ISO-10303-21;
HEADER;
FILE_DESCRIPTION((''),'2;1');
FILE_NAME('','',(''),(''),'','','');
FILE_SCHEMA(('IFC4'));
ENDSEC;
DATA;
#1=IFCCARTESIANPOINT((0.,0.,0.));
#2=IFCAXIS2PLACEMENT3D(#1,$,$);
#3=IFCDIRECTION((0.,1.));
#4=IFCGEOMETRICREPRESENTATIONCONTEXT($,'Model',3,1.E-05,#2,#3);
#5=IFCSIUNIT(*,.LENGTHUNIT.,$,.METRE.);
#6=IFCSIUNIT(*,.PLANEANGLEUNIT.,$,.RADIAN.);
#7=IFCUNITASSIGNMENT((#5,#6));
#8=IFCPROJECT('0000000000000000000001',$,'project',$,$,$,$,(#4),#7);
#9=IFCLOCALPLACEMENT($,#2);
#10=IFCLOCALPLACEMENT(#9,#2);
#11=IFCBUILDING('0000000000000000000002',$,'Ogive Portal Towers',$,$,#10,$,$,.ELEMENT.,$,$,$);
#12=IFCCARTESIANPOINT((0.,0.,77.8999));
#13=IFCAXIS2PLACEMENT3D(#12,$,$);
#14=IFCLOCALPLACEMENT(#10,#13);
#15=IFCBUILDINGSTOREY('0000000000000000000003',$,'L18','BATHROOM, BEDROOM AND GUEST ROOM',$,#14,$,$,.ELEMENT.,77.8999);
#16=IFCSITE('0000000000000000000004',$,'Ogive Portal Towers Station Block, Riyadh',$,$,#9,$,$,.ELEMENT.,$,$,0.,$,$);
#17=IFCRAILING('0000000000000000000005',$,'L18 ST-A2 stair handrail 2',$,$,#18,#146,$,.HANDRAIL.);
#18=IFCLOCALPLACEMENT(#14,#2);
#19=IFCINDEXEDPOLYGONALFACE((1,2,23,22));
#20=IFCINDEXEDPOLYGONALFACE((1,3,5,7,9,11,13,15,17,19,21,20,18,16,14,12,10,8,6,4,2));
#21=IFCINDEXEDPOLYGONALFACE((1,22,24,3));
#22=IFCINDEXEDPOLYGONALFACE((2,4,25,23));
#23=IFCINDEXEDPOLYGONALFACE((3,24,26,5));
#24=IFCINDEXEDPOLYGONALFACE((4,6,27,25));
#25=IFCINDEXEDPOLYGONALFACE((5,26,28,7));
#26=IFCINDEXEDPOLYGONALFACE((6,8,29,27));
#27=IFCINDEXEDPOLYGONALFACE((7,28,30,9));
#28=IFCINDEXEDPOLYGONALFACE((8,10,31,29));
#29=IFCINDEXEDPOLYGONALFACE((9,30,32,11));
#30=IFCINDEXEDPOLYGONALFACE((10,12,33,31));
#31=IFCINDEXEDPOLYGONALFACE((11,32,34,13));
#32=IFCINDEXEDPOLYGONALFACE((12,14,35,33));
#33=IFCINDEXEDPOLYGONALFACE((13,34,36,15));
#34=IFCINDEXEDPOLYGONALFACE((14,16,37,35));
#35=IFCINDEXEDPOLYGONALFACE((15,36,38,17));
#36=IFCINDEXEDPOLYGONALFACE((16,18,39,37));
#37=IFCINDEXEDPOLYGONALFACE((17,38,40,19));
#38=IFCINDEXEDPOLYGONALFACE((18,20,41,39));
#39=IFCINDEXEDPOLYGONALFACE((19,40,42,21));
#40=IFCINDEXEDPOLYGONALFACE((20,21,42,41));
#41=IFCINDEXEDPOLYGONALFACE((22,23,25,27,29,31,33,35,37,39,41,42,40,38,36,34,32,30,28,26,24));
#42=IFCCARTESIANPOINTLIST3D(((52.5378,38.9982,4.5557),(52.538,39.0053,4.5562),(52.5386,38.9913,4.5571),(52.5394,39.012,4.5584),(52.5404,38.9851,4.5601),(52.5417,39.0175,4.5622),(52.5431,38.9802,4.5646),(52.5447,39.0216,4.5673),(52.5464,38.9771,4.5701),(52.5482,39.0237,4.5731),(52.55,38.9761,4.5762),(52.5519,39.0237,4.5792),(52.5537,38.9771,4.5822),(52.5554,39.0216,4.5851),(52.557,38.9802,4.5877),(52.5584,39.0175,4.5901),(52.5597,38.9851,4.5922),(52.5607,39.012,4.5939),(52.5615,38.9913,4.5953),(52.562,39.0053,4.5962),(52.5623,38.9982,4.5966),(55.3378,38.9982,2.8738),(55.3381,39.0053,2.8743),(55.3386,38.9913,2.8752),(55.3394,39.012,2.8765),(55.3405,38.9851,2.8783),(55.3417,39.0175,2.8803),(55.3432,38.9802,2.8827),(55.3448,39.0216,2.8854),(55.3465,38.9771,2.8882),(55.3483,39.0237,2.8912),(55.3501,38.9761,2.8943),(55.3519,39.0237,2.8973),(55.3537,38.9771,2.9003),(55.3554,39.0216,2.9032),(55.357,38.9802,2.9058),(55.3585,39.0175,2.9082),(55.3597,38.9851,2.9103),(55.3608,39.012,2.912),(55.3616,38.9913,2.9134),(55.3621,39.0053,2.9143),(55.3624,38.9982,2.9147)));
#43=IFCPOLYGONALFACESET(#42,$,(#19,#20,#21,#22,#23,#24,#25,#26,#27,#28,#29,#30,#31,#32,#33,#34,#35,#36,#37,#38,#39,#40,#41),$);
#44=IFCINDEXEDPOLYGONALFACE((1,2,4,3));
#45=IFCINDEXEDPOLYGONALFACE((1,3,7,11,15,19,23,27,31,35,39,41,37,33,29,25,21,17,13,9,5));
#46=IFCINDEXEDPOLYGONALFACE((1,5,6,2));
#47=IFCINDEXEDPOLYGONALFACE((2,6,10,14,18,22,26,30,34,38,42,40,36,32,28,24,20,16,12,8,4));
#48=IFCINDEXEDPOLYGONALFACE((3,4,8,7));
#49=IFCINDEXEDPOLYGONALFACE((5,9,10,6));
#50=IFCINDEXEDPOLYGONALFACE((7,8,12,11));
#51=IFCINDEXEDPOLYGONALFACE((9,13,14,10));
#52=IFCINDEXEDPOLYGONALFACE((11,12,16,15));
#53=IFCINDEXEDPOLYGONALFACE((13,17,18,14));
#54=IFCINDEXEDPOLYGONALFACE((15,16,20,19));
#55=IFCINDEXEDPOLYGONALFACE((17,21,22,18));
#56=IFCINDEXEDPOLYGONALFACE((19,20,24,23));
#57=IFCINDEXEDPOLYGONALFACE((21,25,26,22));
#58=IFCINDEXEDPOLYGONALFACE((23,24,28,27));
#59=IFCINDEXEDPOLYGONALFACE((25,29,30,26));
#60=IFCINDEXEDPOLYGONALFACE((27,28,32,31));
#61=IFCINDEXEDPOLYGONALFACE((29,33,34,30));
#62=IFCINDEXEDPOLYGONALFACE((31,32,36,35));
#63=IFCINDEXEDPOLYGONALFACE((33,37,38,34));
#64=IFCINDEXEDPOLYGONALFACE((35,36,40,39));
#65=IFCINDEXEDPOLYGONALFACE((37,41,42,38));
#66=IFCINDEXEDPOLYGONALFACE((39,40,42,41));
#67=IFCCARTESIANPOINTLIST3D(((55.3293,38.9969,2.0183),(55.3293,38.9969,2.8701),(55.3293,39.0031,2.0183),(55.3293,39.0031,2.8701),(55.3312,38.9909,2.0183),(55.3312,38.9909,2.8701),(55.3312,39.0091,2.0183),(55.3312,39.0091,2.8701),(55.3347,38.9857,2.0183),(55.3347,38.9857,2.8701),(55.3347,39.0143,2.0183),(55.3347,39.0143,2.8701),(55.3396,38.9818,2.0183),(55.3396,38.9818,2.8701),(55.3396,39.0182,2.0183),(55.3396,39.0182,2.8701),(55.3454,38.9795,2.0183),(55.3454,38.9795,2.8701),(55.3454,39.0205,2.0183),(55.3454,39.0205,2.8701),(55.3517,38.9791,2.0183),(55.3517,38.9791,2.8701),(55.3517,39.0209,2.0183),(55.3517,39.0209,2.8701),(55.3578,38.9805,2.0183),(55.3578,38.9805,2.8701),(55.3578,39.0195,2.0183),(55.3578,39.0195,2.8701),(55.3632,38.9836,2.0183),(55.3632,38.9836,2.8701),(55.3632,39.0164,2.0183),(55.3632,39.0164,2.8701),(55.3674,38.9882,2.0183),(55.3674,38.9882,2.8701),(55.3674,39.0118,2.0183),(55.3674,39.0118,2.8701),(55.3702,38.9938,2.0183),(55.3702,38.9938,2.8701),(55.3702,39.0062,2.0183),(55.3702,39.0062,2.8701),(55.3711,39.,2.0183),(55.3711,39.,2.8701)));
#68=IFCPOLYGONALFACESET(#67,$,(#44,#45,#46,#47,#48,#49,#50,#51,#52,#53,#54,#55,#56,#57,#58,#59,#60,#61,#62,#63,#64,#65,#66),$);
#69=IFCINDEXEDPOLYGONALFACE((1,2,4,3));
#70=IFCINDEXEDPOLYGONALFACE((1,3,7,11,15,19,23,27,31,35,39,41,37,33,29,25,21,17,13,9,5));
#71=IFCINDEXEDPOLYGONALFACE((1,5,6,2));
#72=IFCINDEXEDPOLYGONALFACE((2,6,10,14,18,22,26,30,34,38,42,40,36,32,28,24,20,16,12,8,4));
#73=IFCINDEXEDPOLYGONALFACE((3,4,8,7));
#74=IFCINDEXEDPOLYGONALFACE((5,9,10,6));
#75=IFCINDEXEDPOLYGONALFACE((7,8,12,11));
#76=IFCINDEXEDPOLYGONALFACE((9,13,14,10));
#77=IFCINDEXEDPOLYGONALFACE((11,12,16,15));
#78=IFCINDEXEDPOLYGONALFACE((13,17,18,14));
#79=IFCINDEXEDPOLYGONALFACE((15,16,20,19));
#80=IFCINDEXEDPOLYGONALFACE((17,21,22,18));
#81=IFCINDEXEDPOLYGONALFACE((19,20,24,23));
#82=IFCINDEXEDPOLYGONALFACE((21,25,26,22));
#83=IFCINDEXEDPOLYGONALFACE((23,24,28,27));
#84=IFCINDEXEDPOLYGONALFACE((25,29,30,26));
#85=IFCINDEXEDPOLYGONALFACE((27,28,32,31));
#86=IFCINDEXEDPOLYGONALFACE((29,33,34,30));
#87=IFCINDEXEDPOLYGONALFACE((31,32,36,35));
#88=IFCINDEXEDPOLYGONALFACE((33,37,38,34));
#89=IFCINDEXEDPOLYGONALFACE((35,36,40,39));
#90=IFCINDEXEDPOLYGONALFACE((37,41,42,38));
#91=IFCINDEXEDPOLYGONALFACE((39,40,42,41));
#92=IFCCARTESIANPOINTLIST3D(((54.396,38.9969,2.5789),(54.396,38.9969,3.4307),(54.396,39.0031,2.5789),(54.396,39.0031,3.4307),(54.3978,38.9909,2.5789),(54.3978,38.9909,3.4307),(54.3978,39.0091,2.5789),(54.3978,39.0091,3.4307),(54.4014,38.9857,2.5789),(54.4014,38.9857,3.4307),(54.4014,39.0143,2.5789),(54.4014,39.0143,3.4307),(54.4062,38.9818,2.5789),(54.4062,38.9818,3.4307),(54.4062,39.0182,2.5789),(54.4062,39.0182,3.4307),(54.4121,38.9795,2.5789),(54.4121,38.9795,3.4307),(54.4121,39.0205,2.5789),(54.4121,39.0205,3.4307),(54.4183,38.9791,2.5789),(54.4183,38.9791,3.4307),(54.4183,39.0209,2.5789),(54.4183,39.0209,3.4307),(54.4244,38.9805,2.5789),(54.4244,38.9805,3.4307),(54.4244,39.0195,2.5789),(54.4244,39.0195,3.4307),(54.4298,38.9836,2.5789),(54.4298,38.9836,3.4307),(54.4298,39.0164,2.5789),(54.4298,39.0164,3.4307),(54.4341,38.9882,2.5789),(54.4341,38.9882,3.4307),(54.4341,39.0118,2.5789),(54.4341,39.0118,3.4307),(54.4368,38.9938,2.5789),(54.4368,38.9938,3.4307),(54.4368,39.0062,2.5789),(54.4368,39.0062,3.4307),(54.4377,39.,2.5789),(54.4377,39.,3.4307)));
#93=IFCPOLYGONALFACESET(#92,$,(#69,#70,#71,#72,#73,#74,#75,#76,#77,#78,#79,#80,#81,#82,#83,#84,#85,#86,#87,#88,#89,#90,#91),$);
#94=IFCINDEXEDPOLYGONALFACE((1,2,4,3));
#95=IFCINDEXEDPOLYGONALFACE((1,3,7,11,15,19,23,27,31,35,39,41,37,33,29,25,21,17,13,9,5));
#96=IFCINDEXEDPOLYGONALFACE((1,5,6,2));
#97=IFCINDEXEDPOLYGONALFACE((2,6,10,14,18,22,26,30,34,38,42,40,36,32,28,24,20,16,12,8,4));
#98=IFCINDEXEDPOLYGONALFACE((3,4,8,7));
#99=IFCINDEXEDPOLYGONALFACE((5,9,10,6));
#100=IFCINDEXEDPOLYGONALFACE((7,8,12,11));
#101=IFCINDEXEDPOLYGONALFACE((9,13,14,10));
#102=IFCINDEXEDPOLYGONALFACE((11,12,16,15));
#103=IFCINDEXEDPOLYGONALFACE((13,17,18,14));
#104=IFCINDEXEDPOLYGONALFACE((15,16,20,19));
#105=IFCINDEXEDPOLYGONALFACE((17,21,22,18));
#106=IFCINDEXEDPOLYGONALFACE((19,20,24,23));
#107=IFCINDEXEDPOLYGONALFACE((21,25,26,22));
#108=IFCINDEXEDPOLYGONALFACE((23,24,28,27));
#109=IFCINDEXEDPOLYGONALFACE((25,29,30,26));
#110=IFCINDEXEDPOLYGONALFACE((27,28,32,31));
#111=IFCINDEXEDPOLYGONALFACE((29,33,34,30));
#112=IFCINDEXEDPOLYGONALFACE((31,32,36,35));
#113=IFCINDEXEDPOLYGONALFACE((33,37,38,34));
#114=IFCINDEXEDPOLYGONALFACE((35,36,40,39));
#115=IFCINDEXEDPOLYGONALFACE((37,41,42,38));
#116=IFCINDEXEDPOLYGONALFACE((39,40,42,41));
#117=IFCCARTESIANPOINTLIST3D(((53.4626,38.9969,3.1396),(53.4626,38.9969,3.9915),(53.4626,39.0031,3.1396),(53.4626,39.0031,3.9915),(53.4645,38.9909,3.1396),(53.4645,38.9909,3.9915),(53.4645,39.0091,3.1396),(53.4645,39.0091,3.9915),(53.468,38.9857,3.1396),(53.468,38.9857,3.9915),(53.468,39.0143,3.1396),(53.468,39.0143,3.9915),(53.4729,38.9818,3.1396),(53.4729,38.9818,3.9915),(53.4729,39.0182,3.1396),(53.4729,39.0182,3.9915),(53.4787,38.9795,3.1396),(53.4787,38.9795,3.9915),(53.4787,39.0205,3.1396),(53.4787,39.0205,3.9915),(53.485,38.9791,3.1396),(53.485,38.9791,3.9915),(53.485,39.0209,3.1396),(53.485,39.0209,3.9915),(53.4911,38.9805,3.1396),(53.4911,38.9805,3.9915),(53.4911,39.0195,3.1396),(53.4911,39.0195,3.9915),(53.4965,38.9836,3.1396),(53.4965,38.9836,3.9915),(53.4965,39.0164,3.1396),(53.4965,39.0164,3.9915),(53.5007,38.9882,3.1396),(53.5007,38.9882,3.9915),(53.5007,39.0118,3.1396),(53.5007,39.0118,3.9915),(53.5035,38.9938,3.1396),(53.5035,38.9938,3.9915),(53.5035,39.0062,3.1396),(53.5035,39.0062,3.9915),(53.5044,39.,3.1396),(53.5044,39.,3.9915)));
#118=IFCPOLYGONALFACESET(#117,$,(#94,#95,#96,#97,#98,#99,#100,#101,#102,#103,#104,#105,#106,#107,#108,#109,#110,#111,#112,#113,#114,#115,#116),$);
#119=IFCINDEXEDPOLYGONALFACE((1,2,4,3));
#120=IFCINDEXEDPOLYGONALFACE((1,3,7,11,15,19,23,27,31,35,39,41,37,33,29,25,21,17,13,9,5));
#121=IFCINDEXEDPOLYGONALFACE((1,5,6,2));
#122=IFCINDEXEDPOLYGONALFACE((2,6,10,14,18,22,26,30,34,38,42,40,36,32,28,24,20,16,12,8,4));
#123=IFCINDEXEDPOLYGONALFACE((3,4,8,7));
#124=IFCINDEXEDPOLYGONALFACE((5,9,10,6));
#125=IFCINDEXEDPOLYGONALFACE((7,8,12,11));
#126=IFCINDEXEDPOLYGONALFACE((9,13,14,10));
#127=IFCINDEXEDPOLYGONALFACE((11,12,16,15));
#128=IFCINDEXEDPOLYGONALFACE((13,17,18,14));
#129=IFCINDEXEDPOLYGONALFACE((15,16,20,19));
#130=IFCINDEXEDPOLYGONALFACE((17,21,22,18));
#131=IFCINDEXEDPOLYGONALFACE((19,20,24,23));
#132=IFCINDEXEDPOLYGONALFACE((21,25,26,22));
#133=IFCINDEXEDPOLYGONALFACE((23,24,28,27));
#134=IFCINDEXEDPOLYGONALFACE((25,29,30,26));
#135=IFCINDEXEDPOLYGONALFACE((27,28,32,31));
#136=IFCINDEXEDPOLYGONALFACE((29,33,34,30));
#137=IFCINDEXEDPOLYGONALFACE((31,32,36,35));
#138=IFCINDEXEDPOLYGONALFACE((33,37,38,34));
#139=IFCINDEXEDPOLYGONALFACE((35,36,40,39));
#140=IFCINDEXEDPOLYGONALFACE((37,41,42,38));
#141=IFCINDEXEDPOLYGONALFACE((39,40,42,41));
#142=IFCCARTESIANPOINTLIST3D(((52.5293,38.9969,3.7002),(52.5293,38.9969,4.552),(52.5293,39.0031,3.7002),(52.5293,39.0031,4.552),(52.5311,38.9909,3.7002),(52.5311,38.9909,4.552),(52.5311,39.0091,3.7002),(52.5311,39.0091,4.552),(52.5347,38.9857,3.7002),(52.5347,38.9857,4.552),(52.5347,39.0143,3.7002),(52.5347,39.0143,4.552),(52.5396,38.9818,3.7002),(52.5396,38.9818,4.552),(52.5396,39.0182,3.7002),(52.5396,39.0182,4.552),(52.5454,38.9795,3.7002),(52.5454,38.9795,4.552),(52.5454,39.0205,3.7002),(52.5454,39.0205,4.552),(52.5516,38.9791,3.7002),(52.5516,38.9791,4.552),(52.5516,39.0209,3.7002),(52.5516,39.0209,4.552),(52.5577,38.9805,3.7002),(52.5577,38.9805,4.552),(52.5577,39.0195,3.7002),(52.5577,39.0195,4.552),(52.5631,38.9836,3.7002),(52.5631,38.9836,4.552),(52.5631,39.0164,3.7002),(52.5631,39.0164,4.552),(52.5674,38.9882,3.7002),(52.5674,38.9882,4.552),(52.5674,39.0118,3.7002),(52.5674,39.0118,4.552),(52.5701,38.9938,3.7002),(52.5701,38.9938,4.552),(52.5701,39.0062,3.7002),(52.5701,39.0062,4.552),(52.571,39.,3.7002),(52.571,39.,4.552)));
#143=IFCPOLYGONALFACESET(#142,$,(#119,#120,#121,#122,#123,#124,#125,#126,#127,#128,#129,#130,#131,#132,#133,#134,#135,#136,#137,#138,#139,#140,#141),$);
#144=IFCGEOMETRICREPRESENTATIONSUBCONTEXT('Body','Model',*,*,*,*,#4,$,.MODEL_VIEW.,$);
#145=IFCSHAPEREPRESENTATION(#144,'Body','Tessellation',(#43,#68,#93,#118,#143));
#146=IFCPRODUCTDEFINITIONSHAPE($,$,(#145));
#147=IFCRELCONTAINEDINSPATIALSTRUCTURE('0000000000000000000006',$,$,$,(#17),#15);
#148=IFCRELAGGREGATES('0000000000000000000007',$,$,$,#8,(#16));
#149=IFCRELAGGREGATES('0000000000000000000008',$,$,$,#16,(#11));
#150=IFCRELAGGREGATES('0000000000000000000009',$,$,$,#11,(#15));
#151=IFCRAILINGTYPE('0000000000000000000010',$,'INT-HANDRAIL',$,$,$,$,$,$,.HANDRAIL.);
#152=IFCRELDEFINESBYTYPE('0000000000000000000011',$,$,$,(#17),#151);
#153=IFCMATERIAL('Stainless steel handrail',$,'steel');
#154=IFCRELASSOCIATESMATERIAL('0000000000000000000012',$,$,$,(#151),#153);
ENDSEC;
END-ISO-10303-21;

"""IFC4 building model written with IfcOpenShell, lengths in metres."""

from ifc_helpers import new_model, si_unit, direction, frame, origin, origin_2d, place, context, subcontext, project, spatial, circle, extrude, material, type_object, element, save


model = new_model("IFC4")

# Units and contexts
model_context = context("Model", 3, precision=1e-05, world=origin(), true_north=direction((0.0, 1.0)))
body_context = subcontext(model_context, "Body", "Model", "MODEL_VIEW")
ifc_project = project(units=[si_unit("LENGTHUNIT", "METRE"), si_unit("PLANEANGLEUNIT", "RADIAN")], contexts=[model_context])

# Site, building, storey
site_placement = place(None, origin())
site = spatial("IfcSite", under=ifc_project, at=site_placement, Name="Ogive Portal Towers Station Block, Riyadh", CompositionType="ELEMENT", RefElevation=0.0)
building_placement = place(site_placement, origin())
building = spatial("IfcBuilding", under=site, at=building_placement, Name="Ogive Portal Towers", CompositionType="ELEMENT")
storey_placement = place(building_placement, frame((0.0, 0.0, 77.8999)))
storey = spatial("IfcBuildingStorey", under=building, at=storey_placement, Name="L18", Description="BATHROOM, BEDROOM AND GUEST ROOM", CompositionType="ELEMENT", Elevation=77.8999)

# Railing
ifc_material_1 = material(Name="Stainless steel handrail", Category="steel")
railing_type_1 = type_object("IfcRailingType", Name="INT-HANDRAIL", PredefinedType="HANDRAIL", material=ifc_material_1)
railing_1_placement = place(storey_placement, frame((55.3501, 39.0, 2.0183)))
element("IfcRailing", 1, at=railing_1_placement, inside=storey, type_object=railing_type_1, Name="L18 ST-A2 stair handrail 2", PredefinedType="HANDRAIL", context=body_context, shape_type="SweptSolid", body=[
    extrude(circle(Radius=0.0239, at=origin_2d()), frame((0.0, 0.0, 0.876), z_axis=(-0.857242, 0.0, 0.514913), x_axis=(0.0, -1.0, 0.0)), (0.0, 0.0, 1.0), 3.2664),
    extrude(circle(Radius=0.021, at=origin_2d()), origin(), (0.0, 0.0, 1.0), 0.8518),
    extrude(circle(Radius=0.021, at=origin_2d()), frame((-0.9333, 0.0, 0.5605)), (0.0, 0.0, 1.0), 0.8518),
    extrude(circle(Radius=0.021, at=origin_2d()), frame((-1.8667, 0.0, 1.1213)), (0.0, 0.0, 1.0), 0.8518),
    extrude(circle(Radius=0.021, at=origin_2d()), frame((-2.8, 0.0, 1.6819)), (0.0, 0.0, 1.0), 0.8518),
])

save(model, "model.ifc")
